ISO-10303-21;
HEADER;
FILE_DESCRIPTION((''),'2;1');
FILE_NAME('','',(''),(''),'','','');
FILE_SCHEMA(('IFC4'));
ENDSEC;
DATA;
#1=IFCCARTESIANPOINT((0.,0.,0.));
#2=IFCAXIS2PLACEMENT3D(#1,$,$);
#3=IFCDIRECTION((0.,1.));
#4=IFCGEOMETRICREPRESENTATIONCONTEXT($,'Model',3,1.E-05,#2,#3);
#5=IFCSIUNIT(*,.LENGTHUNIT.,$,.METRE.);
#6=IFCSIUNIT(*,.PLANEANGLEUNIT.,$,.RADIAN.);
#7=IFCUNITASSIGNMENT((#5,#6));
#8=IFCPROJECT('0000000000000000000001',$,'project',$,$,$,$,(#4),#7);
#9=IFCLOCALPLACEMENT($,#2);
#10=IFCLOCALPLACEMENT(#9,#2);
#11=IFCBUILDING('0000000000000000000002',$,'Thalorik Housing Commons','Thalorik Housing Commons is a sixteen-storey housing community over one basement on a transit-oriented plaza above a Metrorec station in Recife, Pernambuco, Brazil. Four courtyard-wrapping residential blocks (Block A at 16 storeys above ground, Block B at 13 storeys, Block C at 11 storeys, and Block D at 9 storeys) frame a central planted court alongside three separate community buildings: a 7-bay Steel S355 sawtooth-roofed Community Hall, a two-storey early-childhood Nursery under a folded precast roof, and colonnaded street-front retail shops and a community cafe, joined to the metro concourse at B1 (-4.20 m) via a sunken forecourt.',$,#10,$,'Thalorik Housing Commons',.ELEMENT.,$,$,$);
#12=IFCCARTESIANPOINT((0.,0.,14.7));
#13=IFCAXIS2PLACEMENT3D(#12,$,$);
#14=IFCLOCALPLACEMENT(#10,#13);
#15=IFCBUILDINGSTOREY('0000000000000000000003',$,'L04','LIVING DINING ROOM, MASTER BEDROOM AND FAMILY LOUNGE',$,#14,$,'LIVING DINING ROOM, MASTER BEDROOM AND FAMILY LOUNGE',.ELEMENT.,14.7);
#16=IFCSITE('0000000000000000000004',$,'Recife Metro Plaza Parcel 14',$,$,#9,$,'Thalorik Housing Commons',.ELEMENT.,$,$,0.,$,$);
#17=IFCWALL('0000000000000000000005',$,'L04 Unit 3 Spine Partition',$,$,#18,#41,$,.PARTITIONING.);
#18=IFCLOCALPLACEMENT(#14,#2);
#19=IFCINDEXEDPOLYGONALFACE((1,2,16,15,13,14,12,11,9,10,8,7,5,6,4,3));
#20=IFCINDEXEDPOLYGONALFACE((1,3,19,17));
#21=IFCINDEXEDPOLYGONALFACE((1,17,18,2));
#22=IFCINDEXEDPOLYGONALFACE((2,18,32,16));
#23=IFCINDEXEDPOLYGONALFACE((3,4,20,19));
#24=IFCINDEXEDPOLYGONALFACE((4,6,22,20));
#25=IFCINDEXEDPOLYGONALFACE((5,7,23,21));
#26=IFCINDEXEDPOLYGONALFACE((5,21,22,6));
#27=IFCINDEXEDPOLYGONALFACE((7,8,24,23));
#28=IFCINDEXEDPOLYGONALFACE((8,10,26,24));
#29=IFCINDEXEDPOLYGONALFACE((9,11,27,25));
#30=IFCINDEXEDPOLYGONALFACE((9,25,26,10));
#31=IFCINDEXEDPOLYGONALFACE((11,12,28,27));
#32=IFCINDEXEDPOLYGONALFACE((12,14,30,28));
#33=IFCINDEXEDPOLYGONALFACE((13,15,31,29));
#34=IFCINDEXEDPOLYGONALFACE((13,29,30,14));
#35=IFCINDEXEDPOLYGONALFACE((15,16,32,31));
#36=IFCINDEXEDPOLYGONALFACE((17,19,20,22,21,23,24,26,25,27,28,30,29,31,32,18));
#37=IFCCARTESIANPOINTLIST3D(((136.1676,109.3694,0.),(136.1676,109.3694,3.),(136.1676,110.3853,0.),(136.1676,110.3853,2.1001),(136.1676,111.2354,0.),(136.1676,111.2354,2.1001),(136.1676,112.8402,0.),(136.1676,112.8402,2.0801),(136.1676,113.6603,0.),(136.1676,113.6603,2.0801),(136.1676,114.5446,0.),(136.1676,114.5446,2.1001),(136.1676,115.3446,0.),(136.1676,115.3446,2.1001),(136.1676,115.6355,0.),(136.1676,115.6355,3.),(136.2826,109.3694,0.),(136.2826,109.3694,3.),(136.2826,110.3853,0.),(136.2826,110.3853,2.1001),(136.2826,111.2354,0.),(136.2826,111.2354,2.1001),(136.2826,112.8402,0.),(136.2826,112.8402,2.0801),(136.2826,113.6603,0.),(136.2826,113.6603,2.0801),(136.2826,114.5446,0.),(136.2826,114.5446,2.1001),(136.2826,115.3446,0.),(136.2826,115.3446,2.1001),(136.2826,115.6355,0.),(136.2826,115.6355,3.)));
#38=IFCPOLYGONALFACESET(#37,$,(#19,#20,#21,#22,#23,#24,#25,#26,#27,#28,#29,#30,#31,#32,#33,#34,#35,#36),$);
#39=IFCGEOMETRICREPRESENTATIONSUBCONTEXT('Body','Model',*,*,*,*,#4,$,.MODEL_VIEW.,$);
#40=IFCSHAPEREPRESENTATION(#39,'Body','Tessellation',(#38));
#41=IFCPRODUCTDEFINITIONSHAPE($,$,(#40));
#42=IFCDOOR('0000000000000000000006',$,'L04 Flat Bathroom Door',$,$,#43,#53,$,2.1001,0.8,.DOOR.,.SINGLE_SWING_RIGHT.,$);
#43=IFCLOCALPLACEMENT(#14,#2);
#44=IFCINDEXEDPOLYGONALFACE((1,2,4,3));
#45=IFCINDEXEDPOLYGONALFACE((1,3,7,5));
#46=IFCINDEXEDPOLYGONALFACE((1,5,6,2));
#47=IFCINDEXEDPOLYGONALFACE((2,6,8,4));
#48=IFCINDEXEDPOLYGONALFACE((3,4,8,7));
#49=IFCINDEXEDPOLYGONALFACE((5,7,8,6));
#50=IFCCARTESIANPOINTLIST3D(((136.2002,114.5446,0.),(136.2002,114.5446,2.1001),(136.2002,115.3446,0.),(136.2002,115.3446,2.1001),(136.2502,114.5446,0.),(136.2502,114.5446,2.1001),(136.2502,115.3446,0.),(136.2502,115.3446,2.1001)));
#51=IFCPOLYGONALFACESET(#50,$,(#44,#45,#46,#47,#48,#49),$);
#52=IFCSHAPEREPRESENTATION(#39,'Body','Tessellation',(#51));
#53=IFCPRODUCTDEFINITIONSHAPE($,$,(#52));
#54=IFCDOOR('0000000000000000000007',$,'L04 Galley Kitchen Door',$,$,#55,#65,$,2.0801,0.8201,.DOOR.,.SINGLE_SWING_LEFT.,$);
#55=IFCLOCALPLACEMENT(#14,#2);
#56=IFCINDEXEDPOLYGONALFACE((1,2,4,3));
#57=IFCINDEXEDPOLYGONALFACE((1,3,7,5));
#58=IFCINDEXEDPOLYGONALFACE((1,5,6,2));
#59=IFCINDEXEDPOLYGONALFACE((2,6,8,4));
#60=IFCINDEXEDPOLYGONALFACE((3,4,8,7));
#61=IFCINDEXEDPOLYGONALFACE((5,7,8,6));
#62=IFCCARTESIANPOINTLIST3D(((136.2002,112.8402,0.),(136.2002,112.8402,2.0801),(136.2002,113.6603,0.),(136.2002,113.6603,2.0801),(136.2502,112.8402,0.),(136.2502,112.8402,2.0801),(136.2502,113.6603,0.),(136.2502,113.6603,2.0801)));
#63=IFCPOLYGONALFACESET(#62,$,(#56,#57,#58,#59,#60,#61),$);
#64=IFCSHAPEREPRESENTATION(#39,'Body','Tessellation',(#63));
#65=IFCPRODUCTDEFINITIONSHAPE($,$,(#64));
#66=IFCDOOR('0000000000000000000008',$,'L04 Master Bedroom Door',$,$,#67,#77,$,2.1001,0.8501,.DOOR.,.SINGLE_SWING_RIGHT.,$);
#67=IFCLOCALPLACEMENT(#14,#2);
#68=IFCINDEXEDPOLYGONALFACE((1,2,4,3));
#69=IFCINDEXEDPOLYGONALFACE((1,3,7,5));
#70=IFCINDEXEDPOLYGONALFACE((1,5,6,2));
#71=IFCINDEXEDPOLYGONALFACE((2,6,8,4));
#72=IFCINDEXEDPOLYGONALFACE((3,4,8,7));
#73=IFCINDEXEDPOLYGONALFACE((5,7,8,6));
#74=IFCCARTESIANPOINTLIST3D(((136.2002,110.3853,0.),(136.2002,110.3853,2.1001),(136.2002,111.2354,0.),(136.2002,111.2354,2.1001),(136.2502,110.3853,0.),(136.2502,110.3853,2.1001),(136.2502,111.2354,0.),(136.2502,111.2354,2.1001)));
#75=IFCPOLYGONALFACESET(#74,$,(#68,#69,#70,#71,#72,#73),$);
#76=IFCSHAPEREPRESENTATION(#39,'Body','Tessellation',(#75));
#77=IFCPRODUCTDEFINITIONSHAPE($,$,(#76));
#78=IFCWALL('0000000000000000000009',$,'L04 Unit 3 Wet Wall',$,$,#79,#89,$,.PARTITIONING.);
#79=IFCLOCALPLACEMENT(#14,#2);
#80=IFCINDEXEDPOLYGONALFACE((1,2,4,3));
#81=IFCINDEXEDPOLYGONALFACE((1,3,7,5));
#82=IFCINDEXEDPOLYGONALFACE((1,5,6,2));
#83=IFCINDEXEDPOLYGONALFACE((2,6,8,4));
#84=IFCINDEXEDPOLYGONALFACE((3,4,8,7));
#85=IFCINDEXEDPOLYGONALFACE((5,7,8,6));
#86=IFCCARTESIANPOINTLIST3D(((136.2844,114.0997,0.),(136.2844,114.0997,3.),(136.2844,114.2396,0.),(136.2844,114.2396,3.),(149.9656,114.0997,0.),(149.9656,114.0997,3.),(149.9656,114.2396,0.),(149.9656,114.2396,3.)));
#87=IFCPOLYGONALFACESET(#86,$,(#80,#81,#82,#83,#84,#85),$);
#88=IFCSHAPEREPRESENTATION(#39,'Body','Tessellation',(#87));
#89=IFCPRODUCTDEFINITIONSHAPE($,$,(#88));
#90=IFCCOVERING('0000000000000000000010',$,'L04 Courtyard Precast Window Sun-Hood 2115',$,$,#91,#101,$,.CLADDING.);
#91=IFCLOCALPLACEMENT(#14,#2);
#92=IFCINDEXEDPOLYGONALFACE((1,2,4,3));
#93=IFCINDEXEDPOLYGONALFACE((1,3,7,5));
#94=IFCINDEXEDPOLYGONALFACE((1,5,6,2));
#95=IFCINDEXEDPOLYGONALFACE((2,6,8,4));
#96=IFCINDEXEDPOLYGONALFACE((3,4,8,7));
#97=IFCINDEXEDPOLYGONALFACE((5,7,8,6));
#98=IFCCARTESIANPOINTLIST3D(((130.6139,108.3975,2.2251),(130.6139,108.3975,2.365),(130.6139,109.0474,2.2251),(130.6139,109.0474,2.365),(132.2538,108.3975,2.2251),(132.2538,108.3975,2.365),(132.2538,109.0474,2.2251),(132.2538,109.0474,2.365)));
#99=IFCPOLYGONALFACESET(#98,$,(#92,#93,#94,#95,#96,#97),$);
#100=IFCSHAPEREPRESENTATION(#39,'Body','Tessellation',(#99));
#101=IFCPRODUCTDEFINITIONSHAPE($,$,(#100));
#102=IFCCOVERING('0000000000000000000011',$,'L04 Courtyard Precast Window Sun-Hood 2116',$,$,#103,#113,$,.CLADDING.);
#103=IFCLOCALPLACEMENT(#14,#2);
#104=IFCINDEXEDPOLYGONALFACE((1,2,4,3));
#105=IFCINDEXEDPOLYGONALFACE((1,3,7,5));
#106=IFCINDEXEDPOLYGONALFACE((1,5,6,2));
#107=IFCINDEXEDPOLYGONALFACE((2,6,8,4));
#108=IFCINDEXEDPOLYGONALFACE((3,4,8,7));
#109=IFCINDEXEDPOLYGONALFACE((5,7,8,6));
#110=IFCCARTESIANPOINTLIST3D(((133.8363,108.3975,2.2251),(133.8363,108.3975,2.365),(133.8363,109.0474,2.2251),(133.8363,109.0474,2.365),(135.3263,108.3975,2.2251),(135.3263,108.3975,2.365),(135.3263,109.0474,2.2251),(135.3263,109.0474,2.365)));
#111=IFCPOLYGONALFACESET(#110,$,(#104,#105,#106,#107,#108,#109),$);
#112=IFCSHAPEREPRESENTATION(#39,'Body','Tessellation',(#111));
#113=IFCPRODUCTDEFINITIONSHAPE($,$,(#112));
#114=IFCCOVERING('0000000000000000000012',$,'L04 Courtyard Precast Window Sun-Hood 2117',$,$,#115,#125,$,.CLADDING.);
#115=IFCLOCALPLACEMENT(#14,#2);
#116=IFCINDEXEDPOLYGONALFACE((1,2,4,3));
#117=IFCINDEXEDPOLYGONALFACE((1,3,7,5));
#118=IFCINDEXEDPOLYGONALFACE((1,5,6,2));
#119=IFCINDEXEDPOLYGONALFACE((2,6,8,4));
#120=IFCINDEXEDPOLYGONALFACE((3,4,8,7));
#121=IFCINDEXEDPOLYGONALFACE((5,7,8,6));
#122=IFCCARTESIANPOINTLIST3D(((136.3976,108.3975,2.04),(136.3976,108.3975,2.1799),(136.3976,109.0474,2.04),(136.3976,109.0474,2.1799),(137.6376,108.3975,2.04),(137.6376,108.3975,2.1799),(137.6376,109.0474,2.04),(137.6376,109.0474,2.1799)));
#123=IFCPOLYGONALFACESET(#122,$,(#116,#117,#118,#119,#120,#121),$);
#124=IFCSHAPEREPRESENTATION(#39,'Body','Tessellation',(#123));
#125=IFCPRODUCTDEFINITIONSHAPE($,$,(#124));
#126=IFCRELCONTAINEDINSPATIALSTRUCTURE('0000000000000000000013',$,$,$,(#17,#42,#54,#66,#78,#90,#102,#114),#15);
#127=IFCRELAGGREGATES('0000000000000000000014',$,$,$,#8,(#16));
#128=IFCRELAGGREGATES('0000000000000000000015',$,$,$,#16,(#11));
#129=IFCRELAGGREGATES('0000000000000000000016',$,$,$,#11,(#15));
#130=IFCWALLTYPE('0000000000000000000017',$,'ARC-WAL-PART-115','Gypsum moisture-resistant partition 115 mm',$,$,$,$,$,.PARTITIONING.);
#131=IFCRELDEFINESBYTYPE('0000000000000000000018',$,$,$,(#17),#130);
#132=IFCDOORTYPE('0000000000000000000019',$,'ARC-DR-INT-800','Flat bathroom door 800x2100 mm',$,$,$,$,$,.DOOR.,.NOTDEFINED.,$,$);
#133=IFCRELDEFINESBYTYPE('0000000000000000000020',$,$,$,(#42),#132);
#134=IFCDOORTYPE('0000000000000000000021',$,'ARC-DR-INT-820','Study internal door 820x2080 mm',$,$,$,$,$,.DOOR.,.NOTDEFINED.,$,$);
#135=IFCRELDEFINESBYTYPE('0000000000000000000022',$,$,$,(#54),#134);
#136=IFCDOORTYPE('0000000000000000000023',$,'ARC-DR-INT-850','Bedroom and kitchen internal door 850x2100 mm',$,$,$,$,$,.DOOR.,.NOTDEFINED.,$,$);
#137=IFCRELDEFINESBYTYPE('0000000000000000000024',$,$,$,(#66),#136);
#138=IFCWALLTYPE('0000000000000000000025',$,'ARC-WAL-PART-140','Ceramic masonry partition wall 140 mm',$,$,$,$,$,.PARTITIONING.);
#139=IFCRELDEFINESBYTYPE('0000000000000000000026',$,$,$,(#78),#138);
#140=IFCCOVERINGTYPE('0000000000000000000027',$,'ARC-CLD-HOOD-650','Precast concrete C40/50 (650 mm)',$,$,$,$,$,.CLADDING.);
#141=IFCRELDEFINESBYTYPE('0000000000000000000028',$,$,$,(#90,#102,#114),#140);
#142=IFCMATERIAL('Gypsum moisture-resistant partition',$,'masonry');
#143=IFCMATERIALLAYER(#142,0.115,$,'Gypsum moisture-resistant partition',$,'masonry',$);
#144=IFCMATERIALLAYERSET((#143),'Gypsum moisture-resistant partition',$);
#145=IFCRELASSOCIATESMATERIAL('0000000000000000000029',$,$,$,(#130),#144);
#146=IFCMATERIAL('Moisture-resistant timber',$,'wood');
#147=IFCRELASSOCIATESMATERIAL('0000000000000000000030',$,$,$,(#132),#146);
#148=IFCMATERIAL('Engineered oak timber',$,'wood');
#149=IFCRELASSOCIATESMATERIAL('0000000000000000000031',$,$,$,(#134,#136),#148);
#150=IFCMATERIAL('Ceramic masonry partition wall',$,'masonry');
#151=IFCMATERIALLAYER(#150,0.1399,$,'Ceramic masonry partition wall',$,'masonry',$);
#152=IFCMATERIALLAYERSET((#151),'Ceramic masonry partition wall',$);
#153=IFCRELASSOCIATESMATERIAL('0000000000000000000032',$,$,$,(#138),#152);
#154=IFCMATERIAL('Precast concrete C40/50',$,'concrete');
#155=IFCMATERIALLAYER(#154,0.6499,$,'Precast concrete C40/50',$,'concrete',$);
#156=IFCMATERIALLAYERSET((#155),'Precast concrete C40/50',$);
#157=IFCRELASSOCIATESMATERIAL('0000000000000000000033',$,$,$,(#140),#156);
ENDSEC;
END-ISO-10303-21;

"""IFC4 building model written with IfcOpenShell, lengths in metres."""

from ifc_helpers import new_model, si_unit, direction, frame, frame_2d, origin, origin_2d, place, context, subcontext, project, spatial, rectangle, extrude, material, layer, layer_set, type_object, element, fill, save


model = new_model("IFC4")

# Units and contexts
model_context = context("Model", 3, precision=1e-05, world=origin(), true_north=direction((0.0, 1.0)))
body_context = subcontext(model_context, "Body", "Model", "MODEL_VIEW")
ifc_project = project(units=[si_unit("LENGTHUNIT", "METRE"), si_unit("PLANEANGLEUNIT", "RADIAN")], contexts=[model_context])

# Site, building, storey
site_placement = place(None, origin())
site = spatial("IfcSite", under=ifc_project, at=site_placement, Name="Recife Metro Plaza Parcel 14", LongName="Thalorik Housing Commons", CompositionType="ELEMENT", RefElevation=0.0)
building_placement = place(site_placement, origin())
building = spatial("IfcBuilding", under=site, at=building_placement, Name="Thalorik Housing Commons", Description="Thalorik Housing Commons is a sixteen-storey housing community over one basement on a transit-oriented plaza above a Metrorec station in Recife, Pernambuco, Brazil. Four courtyard-wrapping residential blocks (Block A at 16 storeys above ground, Block B at 13 storeys, Block C at 11 storeys, and Block D at 9 storeys) frame a central planted court alongside three separate community buildings: a 7-bay Steel S355 sawtooth-roofed Community Hall, a two-storey early-childhood Nursery under a folded precast roof, and colonnaded street-front retail shops and a community cafe, joined to the metro concourse at B1 (-4.20 m) via a sunken forecourt.", LongName="Thalorik Housing Commons", CompositionType="ELEMENT")
storey_placement = place(building_placement, frame((0.0, 0.0, 14.7)))
storey = spatial("IfcBuildingStorey", under=building, at=storey_placement, Name="L04", Description="LIVING DINING ROOM, MASTER BEDROOM AND FAMILY LOUNGE", LongName="LIVING DINING ROOM, MASTER BEDROOM AND FAMILY LOUNGE", CompositionType="ELEMENT", Elevation=14.7)

# Shared definitions
ifc_material_1 = material(Name="Precast concrete C40/50", Category="concrete")

# Wall, openings, doors
ifc_material_2 = material(Name="Gypsum moisture-resistant partition", Category="masonry")
ifc_layer_1 = layer(ifc_material_2, 0.115, Name="Gypsum moisture-resistant partition", Category="masonry")
ifc_layer_set_1 = layer_set([ifc_layer_1], Name="Gypsum moisture-resistant partition")
wall_type_1 = type_object("IfcWallType", Name="ARC-WAL-PART-115", Description="Gypsum moisture-resistant partition 115 mm", PredefinedType="PARTITIONING", material=ifc_layer_set_1)
wall_1_placement = place(storey_placement, frame((136.2251, 109.3694, 0.0), z_axis=(0.0, 0.0, 1.0), x_axis=(0.0, 1.0, 0.0)))
wall_1 = element("IfcWall", 1, at=wall_1_placement, inside=storey, type_object=wall_type_1, Name="L04 Unit 3 Spine Partition", PredefinedType="PARTITIONING", context=body_context, shape_type="SweptSolid", body=[
    extrude(rectangle(XDim=6.2661, YDim=0.115, at=frame_2d((3.1331, 0.0))), origin(), (0.0, 0.0, 1.0), 3.0),
])
opening_1_placement = place(wall_1_placement, frame((1.0159, 0.0, 0.0)))
opening_1 = element("IfcOpeningElement", 2, at=opening_1_placement, cuts=wall_1, PredefinedType="OPENING", context=body_context, shape_type="SweptSolid", body=[
    extrude(rectangle(XDim=0.8501, YDim=2.1001, at=frame_2d((0.425, 1.05))), frame((0.0, 0.0674, 0.0), z_axis=(0.0, -1.0, 0.0), x_axis=(1.0, 0.0, 0.0)), (0.0, 0.0, 1.0), 0.135),
])
opening_2_placement = place(wall_1_placement, frame((3.4707, 0.0, 0.0)))
opening_2 = element("IfcOpeningElement", 3, at=opening_2_placement, cuts=wall_1, PredefinedType="OPENING", context=body_context, shape_type="SweptSolid", body=[
    extrude(rectangle(XDim=0.8201, YDim=2.0801, at=frame_2d((0.4102, 1.04))), frame((0.0, 0.0674, 0.0), z_axis=(0.0, -1.0, 0.0), x_axis=(1.0, 0.0, 0.0)), (0.0, 0.0, 1.0), 0.135),
])
opening_3_placement = place(wall_1_placement, frame((5.1753, 0.0, 0.0)))
opening_3 = element("IfcOpeningElement", 4, at=opening_3_placement, cuts=wall_1, PredefinedType="OPENING", context=body_context, shape_type="SweptSolid", body=[
    extrude(rectangle(XDim=0.8, YDim=2.1001, at=frame_2d((0.3999, 1.05))), frame((0.0, 0.0674, 0.0), z_axis=(0.0, -1.0, 0.0), x_axis=(1.0, 0.0, 0.0)), (0.0, 0.0, 1.0), 0.135),
])
ifc_material_3 = material(Name="Moisture-resistant timber", Category="wood")
door_type_1 = type_object("IfcDoorType", Name="ARC-DR-INT-800", Description="Flat bathroom door 800x2100 mm", OperationType="NOTDEFINED", PredefinedType="DOOR", material=ifc_material_3)
door_1_placement = place(opening_3_placement, origin())
door_1 = element("IfcDoor", 5, at=door_1_placement, inside=storey, type_object=door_type_1, Name="L04 Flat Bathroom Door", OperationType="SINGLE_SWING_RIGHT", OverallHeight=2.1001, OverallWidth=0.8, PredefinedType="DOOR", context=body_context, shape_type="SweptSolid", body=[
    extrude(rectangle(XDim=0.8, YDim=2.1001, at=frame_2d((0.3999, 1.05))), frame((0.0, 0.0249, 0.0), z_axis=(0.0, -1.0, 0.0), x_axis=(1.0, 0.0, 0.0)), (0.0, 0.0, 1.0), 0.05),
])
fill(opening_3, door_1)
ifc_material_4 = material(Name="Engineered oak timber", Category="wood")
door_type_2 = type_object("IfcDoorType", Name="ARC-DR-INT-820", Description="Study internal door 820x2080 mm", OperationType="NOTDEFINED", PredefinedType="DOOR", material=ifc_material_4)
door_2_placement = place(opening_2_placement, origin())
door_2 = element("IfcDoor", 6, at=door_2_placement, inside=storey, type_object=door_type_2, Name="L04 Galley Kitchen Door", OperationType="SINGLE_SWING_LEFT", OverallHeight=2.0801, OverallWidth=0.8201, PredefinedType="DOOR", context=body_context, shape_type="SweptSolid", body=[
    extrude(rectangle(XDim=0.8201, YDim=2.0801, at=frame_2d((0.4102, 1.04))), frame((0.0, 0.0249, 0.0), z_axis=(0.0, -1.0, 0.0), x_axis=(1.0, 0.0, 0.0)), (0.0, 0.0, 1.0), 0.05),
])
fill(opening_2, door_2)
door_type_3 = type_object("IfcDoorType", Name="ARC-DR-INT-850", Description="Bedroom and kitchen internal door 850x2100 mm", OperationType="NOTDEFINED", PredefinedType="DOOR", material=ifc_material_4)
door_3_placement = place(opening_1_placement, origin())
door_3 = element("IfcDoor", 7, at=door_3_placement, inside=storey, type_object=door_type_3, Name="L04 Master Bedroom Door", OperationType="SINGLE_SWING_RIGHT", OverallHeight=2.1001, OverallWidth=0.8501, PredefinedType="DOOR", context=body_context, shape_type="SweptSolid", body=[
    extrude(rectangle(XDim=0.8501, YDim=2.1001, at=frame_2d((0.425, 1.05))), frame((0.0, 0.0249, 0.0), z_axis=(0.0, -1.0, 0.0), x_axis=(1.0, 0.0, 0.0)), (0.0, 0.0, 1.0), 0.05),
])
fill(opening_1, door_3)

# Wall
ifc_material_5 = material(Name="Ceramic masonry partition wall", Category="masonry")
ifc_layer_2 = layer(ifc_material_5, 0.1399, Name="Ceramic masonry partition wall", Category="masonry")
ifc_layer_set_2 = layer_set([ifc_layer_2], Name="Ceramic masonry partition wall")
wall_type_2 = type_object("IfcWallType", Name="ARC-WAL-PART-140", Description="Ceramic masonry partition wall 140 mm", PredefinedType="PARTITIONING", material=ifc_layer_set_2)
wall_2_placement = place(storey_placement, frame((136.2844, 114.1697, 0.0), z_axis=(0.0, 0.0, 1.0), x_axis=(1.0, 0.0, 0.0)))
element("IfcWall", 8, at=wall_2_placement, inside=storey, type_object=wall_type_2, Name="L04 Unit 3 Wet Wall", PredefinedType="PARTITIONING", context=body_context, shape_type="SweptSolid", body=[
    extrude(rectangle(XDim=13.6812, YDim=0.1399, at=frame_2d((6.8406, 0.0))), origin(), (0.0, 0.0, 1.0), 3.0),
])

# Coverings
ifc_layer_3 = layer(ifc_material_1, 0.6499, Name="Precast concrete C40/50", Category="concrete")
ifc_layer_set_3 = layer_set([ifc_layer_3], Name="Precast concrete C40/50")
covering_type = type_object("IfcCoveringType", Name="ARC-CLD-HOOD-650", Description="Precast concrete C40/50 (650 mm)", PredefinedType="CLADDING", material=ifc_layer_set_3)
covering_1_placement = place(storey_placement, frame((131.4338, 108.7224, 2.2251), z_axis=(0.0, 0.0, 1.0), x_axis=(1.0, 0.0, 0.0)))
element("IfcCovering", 9, at=covering_1_placement, inside=storey, type_object=covering_type, Name="L04 Courtyard Precast Window Sun-Hood 2115", PredefinedType="CLADDING", context=body_context, shape_type="SweptSolid", body=[
    extrude(rectangle(XDim=1.6399, YDim=0.6499, at=origin_2d()), origin(), (0.0, 0.0, 1.0), 0.1399),
])
covering_2_placement = place(storey_placement, frame((134.5813, 108.7224, 2.2251), z_axis=(0.0, 0.0, 1.0), x_axis=(1.0, 0.0, 0.0)))
element("IfcCovering", 10, at=covering_2_placement, inside=storey, type_object=covering_type, Name="L04 Courtyard Precast Window Sun-Hood 2116", PredefinedType="CLADDING", context=body_context, shape_type="SweptSolid", body=[
    extrude(rectangle(XDim=1.49, YDim=0.6499, at=origin_2d()), origin(), (0.0, 0.0, 1.0), 0.1399),
])
covering_3_placement = place(storey_placement, frame((137.0176, 108.7224, 2.04), z_axis=(0.0, 0.0, 1.0), x_axis=(1.0, 0.0, 0.0)))
element("IfcCovering", 11, at=covering_3_placement, inside=storey, type_object=covering_type, Name="L04 Courtyard Precast Window Sun-Hood 2117", PredefinedType="CLADDING", context=body_context, shape_type="SweptSolid", body=[
    extrude(rectangle(XDim=1.24, YDim=0.6499, at=origin_2d()), origin(), (0.0, 0.0, 1.0), 0.1399),
])

save(model, "model.ifc")
